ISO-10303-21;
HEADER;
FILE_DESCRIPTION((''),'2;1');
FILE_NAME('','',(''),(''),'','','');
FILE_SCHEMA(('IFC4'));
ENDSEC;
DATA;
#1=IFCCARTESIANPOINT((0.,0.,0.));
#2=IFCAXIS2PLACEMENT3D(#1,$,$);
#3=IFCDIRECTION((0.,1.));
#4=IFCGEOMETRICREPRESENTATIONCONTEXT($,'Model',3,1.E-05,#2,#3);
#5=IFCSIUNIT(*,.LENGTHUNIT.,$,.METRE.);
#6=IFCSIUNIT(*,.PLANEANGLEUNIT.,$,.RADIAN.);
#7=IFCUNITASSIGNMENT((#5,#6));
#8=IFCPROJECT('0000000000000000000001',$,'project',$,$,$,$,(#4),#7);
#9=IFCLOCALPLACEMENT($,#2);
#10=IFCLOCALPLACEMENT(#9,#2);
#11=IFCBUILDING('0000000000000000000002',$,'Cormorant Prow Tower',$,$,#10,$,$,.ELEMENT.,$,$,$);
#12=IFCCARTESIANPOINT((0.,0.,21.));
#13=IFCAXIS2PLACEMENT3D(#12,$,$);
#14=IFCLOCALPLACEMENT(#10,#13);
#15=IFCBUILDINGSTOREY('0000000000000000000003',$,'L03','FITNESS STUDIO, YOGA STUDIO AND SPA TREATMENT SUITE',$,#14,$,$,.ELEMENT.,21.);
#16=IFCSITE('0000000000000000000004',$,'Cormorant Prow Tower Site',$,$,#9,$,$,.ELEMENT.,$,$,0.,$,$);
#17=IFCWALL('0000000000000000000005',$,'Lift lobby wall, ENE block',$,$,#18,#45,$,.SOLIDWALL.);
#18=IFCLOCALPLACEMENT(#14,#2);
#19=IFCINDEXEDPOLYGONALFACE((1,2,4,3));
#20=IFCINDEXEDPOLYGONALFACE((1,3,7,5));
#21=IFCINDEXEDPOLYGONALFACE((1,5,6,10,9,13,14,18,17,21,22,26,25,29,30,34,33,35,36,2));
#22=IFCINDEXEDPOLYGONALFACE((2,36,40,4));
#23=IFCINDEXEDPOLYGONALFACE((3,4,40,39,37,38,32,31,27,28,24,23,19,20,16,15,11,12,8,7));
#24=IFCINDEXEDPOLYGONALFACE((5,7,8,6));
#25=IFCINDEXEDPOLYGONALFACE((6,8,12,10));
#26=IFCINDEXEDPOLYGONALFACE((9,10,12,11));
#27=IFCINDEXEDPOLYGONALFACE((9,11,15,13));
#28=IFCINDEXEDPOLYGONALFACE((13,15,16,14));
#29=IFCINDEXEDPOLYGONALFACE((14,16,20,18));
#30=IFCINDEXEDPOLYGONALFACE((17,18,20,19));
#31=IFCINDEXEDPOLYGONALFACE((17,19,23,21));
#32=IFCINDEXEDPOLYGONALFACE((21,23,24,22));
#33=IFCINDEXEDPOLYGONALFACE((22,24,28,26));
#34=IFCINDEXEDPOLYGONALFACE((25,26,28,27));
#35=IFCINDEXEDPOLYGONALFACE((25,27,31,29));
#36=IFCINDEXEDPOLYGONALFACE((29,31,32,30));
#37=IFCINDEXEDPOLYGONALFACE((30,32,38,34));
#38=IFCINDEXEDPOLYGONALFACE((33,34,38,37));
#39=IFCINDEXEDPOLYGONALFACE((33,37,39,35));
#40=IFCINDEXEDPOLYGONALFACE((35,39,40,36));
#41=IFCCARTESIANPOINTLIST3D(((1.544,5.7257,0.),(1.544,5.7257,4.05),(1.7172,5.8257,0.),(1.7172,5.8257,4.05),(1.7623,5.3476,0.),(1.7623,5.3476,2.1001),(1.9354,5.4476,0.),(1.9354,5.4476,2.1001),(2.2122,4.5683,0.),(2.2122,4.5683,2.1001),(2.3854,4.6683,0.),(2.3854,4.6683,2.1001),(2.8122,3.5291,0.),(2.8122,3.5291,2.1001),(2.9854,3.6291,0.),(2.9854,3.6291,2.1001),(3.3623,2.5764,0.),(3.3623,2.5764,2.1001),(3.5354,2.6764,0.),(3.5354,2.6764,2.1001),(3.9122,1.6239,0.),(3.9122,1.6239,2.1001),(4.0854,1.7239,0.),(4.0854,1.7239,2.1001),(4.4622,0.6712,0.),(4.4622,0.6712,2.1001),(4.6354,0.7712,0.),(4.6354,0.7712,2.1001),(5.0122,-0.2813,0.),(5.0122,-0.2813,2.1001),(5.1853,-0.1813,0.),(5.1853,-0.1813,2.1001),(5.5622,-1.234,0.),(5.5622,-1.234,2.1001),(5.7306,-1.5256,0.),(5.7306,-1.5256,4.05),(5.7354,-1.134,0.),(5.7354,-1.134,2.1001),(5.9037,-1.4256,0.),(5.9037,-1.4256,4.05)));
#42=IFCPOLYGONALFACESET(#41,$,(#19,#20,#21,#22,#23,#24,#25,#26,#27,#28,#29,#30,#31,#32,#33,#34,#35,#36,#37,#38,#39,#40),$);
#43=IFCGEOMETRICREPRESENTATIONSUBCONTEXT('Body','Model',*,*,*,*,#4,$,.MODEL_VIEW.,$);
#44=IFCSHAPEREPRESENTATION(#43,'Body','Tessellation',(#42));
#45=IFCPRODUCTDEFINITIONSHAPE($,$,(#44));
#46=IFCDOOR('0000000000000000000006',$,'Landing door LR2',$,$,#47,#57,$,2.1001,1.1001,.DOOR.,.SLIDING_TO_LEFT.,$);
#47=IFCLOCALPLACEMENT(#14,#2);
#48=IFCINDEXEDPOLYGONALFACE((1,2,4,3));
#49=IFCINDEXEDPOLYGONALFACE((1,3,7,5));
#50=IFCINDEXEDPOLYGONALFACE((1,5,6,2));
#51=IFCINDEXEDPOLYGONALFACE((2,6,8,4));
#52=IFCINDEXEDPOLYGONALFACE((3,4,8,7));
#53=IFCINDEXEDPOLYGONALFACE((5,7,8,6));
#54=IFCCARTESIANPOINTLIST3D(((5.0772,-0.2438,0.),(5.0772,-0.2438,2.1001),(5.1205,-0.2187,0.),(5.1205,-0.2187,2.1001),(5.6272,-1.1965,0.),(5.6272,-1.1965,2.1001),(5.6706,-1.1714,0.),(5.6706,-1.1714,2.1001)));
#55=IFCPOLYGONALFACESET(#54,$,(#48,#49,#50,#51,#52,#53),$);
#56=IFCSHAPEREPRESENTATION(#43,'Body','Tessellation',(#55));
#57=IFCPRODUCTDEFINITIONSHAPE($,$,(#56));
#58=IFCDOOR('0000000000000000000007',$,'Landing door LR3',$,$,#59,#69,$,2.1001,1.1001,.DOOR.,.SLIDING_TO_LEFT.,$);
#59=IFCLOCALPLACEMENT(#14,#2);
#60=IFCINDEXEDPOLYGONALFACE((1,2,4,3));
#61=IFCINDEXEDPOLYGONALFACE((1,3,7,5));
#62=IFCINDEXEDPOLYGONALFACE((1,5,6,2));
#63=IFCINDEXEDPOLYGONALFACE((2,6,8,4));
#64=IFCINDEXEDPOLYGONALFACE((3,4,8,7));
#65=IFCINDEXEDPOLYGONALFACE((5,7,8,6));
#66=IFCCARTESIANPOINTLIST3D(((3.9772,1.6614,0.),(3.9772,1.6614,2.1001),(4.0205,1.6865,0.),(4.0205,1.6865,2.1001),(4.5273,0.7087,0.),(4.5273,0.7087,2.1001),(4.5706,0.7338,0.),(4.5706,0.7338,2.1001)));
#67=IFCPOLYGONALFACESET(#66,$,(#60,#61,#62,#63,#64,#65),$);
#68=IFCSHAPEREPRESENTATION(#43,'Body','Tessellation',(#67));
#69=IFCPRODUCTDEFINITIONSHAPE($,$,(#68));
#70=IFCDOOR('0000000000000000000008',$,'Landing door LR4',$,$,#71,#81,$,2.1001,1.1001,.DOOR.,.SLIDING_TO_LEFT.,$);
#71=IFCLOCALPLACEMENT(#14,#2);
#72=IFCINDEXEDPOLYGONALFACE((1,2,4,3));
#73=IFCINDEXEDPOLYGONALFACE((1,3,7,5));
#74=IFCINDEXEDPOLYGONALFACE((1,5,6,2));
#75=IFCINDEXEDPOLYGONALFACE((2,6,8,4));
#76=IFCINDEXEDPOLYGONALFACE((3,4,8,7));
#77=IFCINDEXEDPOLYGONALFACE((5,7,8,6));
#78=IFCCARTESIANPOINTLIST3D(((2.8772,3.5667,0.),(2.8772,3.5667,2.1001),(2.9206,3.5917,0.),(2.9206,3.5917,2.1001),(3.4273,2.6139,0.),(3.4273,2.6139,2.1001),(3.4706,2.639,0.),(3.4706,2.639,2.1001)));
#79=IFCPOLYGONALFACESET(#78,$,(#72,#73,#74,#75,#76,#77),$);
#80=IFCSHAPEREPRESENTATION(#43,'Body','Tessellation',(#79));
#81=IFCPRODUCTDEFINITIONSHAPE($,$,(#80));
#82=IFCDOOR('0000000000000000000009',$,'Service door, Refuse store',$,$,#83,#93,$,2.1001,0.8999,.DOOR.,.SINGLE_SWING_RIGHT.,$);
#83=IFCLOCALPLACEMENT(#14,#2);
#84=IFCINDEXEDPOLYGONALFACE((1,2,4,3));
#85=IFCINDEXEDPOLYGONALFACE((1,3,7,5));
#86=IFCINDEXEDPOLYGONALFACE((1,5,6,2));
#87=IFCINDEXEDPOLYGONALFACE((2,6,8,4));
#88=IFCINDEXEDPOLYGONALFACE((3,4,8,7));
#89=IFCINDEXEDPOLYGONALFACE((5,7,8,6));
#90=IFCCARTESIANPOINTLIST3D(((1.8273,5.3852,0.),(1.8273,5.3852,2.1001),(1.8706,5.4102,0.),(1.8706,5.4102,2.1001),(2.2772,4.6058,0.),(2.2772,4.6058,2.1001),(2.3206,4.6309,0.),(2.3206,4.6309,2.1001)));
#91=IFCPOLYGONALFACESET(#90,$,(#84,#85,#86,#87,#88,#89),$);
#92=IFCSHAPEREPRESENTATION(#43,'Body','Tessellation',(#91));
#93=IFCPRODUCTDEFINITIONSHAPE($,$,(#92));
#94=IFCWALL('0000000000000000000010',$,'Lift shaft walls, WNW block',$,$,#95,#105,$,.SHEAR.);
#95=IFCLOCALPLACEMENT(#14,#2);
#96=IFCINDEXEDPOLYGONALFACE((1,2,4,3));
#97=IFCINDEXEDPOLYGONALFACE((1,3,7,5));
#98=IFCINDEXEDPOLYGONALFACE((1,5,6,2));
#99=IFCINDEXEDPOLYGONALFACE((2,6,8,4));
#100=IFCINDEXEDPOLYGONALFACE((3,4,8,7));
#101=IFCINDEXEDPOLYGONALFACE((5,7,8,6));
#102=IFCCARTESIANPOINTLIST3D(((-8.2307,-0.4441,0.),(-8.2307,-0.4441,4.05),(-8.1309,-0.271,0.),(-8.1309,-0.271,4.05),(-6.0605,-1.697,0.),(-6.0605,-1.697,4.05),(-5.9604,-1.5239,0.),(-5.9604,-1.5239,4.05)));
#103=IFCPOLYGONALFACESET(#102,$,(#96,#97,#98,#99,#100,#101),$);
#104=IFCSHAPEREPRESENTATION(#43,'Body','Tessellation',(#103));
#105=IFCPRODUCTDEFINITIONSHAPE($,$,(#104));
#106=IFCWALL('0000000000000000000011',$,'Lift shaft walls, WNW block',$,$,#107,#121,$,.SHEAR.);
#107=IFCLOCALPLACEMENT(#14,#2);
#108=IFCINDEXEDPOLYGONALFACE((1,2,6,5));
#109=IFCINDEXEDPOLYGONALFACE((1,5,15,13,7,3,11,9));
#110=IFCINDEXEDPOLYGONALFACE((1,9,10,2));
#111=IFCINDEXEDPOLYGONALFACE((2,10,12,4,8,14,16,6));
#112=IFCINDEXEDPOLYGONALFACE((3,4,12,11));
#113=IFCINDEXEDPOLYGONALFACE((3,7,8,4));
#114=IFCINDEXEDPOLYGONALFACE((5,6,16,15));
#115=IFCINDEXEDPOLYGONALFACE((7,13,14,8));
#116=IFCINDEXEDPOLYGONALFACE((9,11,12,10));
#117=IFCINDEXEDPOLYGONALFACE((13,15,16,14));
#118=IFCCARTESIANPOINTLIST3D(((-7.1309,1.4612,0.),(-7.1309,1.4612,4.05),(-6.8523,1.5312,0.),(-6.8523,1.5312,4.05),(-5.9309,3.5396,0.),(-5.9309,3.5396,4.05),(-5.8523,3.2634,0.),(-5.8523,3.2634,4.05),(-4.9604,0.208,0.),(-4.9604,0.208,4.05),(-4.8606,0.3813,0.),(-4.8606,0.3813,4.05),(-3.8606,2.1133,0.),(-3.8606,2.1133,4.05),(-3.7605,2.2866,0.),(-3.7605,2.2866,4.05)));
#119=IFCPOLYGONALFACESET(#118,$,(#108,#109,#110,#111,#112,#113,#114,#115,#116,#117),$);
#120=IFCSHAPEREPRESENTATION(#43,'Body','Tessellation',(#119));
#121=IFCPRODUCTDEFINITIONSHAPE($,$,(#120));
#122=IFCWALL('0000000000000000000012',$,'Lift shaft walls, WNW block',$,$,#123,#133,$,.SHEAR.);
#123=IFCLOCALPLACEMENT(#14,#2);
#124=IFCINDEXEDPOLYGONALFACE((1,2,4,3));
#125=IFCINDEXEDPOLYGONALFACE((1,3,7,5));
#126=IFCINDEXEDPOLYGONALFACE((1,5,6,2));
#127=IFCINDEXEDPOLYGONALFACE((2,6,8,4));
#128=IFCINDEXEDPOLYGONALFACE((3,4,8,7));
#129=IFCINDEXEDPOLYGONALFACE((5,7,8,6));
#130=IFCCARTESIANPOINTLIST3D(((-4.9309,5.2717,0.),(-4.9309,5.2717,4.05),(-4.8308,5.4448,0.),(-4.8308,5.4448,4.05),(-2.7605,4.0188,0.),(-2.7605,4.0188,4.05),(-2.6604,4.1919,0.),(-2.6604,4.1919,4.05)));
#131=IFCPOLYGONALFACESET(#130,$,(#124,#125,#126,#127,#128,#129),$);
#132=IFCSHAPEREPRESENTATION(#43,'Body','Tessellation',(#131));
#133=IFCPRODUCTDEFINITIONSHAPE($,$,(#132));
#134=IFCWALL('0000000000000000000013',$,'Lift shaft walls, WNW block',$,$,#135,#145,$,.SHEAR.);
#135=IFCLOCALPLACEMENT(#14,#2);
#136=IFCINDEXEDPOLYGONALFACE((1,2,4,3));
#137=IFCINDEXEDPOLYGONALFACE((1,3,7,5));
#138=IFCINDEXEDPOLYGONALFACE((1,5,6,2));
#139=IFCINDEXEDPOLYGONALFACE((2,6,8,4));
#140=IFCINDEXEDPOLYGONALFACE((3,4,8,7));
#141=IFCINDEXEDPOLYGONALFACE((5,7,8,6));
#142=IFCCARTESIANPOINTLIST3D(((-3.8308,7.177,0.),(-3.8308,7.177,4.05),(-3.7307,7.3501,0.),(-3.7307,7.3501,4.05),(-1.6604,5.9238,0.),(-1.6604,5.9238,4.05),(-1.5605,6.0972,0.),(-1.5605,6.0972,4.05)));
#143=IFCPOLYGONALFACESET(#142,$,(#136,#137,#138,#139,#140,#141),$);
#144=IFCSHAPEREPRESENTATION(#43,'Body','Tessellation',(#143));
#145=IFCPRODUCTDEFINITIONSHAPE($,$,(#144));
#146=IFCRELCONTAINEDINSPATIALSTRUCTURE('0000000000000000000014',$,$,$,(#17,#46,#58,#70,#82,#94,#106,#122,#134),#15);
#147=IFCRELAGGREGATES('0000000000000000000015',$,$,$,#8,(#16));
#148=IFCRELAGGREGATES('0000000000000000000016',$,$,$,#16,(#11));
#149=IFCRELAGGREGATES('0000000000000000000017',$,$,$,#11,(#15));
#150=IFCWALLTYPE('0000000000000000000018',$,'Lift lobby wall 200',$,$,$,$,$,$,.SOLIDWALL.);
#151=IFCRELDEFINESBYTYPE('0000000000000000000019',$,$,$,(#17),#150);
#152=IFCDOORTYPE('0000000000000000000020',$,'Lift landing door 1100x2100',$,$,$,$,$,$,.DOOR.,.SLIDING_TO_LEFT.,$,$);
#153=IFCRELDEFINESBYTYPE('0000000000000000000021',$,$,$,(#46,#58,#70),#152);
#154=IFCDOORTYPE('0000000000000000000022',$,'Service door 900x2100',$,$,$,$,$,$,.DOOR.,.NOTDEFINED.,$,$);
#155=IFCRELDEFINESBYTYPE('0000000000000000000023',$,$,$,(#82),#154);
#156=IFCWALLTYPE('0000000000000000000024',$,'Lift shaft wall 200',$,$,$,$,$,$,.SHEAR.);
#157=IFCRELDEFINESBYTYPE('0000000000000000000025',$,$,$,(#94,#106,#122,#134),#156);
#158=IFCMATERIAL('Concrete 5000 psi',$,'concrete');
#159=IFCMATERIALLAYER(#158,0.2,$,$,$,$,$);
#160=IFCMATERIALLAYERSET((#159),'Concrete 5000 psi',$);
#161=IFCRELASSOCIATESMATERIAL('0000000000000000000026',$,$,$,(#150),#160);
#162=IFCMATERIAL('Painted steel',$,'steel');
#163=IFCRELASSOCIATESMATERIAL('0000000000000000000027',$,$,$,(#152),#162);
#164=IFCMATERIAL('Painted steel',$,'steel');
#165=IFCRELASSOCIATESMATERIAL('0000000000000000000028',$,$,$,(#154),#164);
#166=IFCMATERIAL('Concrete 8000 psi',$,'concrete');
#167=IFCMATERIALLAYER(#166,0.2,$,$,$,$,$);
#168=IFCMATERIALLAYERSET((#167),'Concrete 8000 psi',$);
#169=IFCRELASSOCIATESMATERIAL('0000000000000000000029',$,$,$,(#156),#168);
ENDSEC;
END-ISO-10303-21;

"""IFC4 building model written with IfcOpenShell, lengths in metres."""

from ifc_helpers import new_model, si_unit, direction, frame, frame_2d, origin, place, context, subcontext, project, spatial, polyline, rectangle, outline, extrude, material, layer, layer_set, type_object, element, fill, save


model = new_model("IFC4")

# Units and contexts
model_context = context("Model", 3, precision=1e-05, world=origin(), true_north=direction((0.0, 1.0)))
body_context = subcontext(model_context, "Body", "Model", "MODEL_VIEW")
ifc_project = project(units=[si_unit("LENGTHUNIT", "METRE"), si_unit("PLANEANGLEUNIT", "RADIAN")], contexts=[model_context])

# Site, building, storey
site_placement = place(None, origin())
site = spatial("IfcSite", under=ifc_project, at=site_placement, Name="Cormorant Prow Tower Site", CompositionType="ELEMENT", RefElevation=0.0)
building_placement = place(site_placement, origin())
building = spatial("IfcBuilding", under=site, at=building_placement, Name="Cormorant Prow Tower", CompositionType="ELEMENT")
storey_placement = place(building_placement, frame((0.0, 0.0, 21.0)))
storey = spatial("IfcBuildingStorey", under=building, at=storey_placement, Name="L03", Description="FITNESS STUDIO, YOGA STUDIO AND SPA TREATMENT SUITE", CompositionType="ELEMENT", Elevation=21.0)

# Wall, openings, doors
ifc_material_1 = material(Name="Concrete 5000 psi", Category="concrete")
ifc_layer_1 = layer(ifc_material_1, 0.2)
ifc_layer_set_1 = layer_set([ifc_layer_1], Name="Concrete 5000 psi")
wall_type_1 = type_object("IfcWallType", Name="Lift lobby wall 200", PredefinedType="SOLIDWALL", material=ifc_layer_set_1)
wall_1_placement = place(storey_placement, frame((5.8171, -1.4756, 0.0), z_axis=(0.0, 0.0, 1.0), x_axis=(-0.500003, 0.866024, 0.0)))
wall_1 = element("IfcWall", 1, at=wall_1_placement, inside=storey, type_object=wall_type_1, Name="Lift lobby wall, ENE block", PredefinedType="SOLIDWALL", context=body_context, shape_type="SweptSolid", body=[
    extrude(rectangle(XDim=8.373, YDim=0.2, at=frame_2d((4.1865, 0.0))), origin(), (0.0, 0.0, 1.0), 4.05),
])
opening_1_placement = place(wall_1_placement, frame((0.3367, 0.0, 0.0)))
opening_1 = element("IfcOpeningElement", 2, at=opening_1_placement, cuts=wall_1, PredefinedType="OPENING", context=body_context, shape_type="SweptSolid", body=[
    extrude(rectangle(XDim=1.1001, YDim=2.1001, at=frame_2d((0.55, 1.05))), frame((0.0, 0.1099, 0.0), z_axis=(0.0, -1.0, 0.0), x_axis=(1.0, 0.0, 0.0)), (0.0, 0.0, 1.0), 0.22),
])
opening_2_placement = place(wall_1_placement, frame((2.5366, 0.0, 0.0)))
opening_2 = element("IfcOpeningElement", 3, at=opening_2_placement, cuts=wall_1, PredefinedType="OPENING", context=body_context, shape_type="SweptSolid", body=[
    extrude(rectangle(XDim=1.1001, YDim=2.1001, at=frame_2d((0.55, 1.05))), frame((0.0, 0.1099, 0.0), z_axis=(0.0, -1.0, 0.0), x_axis=(1.0, 0.0, 0.0)), (0.0, 0.0, 1.0), 0.22),
])
opening_3_placement = place(wall_1_placement, frame((4.7366, 0.0, 0.0)))
opening_3 = element("IfcOpeningElement", 4, at=opening_3_placement, cuts=wall_1, PredefinedType="OPENING", context=body_context, shape_type="SweptSolid", body=[
    extrude(rectangle(XDim=1.1001, YDim=2.1001, at=frame_2d((0.55, 1.05))), frame((0.0, 0.1099, 0.0), z_axis=(0.0, -1.0, 0.0), x_axis=(1.0, 0.0, 0.0)), (0.0, 0.0, 1.0), 0.22),
])
opening_4_placement = place(wall_1_placement, frame((7.0366, 0.0, 0.0)))
opening_4 = element("IfcOpeningElement", 5, at=opening_4_placement, cuts=wall_1, PredefinedType="OPENING", context=body_context, shape_type="SweptSolid", body=[
    extrude(rectangle(XDim=0.8999, YDim=2.1001, at=frame_2d((0.45, 1.05))), frame((0.0, 0.1099, 0.0), z_axis=(0.0, -1.0, 0.0), x_axis=(1.0, 0.0, 0.0)), (0.0, 0.0, 1.0), 0.22),
])
ifc_material_2 = material(Name="Painted steel", Category="steel")
door_type_1 = type_object("IfcDoorType", Name="Lift landing door 1100x2100", OperationType="SLIDING_TO_LEFT", PredefinedType="DOOR", material=ifc_material_2)
door_1_placement = place(opening_1_placement, origin())
door_1 = element("IfcDoor", 6, at=door_1_placement, inside=storey, type_object=door_type_1, Name="Landing door LR2", OperationType="SLIDING_TO_LEFT", OverallHeight=2.1001, OverallWidth=1.1001, PredefinedType="DOOR", context=body_context, shape_type="SweptSolid", body=[
    extrude(rectangle(XDim=1.1001, YDim=2.1001, at=frame_2d((0.55, 1.05))), frame((0.0, 0.0249, 0.0), z_axis=(0.0, -1.0, 0.0), x_axis=(1.0, 0.0, 0.0)), (0.0, 0.0, 1.0), 0.05),
])
fill(opening_1, door_1)
door_2_placement = place(opening_2_placement, origin())
door_2 = element("IfcDoor", 7, at=door_2_placement, inside=storey, type_object=door_type_1, Name="Landing door LR3", OperationType="SLIDING_TO_LEFT", OverallHeight=2.1001, OverallWidth=1.1001, PredefinedType="DOOR", context=body_context, shape_type="SweptSolid", body=[
    extrude(rectangle(XDim=1.1001, YDim=2.1001, at=frame_2d((0.55, 1.05))), frame((0.0, 0.0249, 0.0), z_axis=(0.0, -1.0, 0.0), x_axis=(1.0, 0.0, 0.0)), (0.0, 0.0, 1.0), 0.05),
])
fill(opening_2, door_2)
door_3_placement = place(opening_3_placement, origin())
door_3 = element("IfcDoor", 8, at=door_3_placement, inside=storey, type_object=door_type_1, Name="Landing door LR4", OperationType="SLIDING_TO_LEFT", OverallHeight=2.1001, OverallWidth=1.1001, PredefinedType="DOOR", context=body_context, shape_type="SweptSolid", body=[
    extrude(rectangle(XDim=1.1001, YDim=2.1001, at=frame_2d((0.55, 1.05))), frame((0.0, 0.0249, 0.0), z_axis=(0.0, -1.0, 0.0), x_axis=(1.0, 0.0, 0.0)), (0.0, 0.0, 1.0), 0.05),
])
fill(opening_3, door_3)
ifc_material_3 = material(Name="Painted steel", Category="steel")
door_type_2 = type_object("IfcDoorType", Name="Service door 900x2100", OperationType="NOTDEFINED", PredefinedType="DOOR", material=ifc_material_3)
door_4_placement = place(opening_4_placement, origin())
door_4 = element("IfcDoor", 9, at=door_4_placement, inside=storey, type_object=door_type_2, Name="Service door, Refuse store", OperationType="SINGLE_SWING_RIGHT", OverallHeight=2.1001, OverallWidth=0.8999, PredefinedType="DOOR", context=body_context, shape_type="SweptSolid", body=[
    extrude(rectangle(XDim=0.8999, YDim=2.1001, at=frame_2d((0.45, 1.05))), frame((0.0, 0.0249, 0.0), z_axis=(0.0, -1.0, 0.0), x_axis=(1.0, 0.0, 0.0)), (0.0, 0.0, 1.0), 0.05),
])
fill(opening_4, door_4)

# Walls
ifc_material_4 = material(Name="Concrete 8000 psi", Category="concrete")
ifc_layer_2 = layer(ifc_material_4, 0.2)
ifc_layer_set_2 = layer_set([ifc_layer_2], Name="Concrete 8000 psi")
wall_type_2 = type_object("IfcWallType", Name="Lift shaft wall 200", PredefinedType="SHEAR", material=ifc_layer_set_2)
wall_2_placement = place(storey_placement, origin())
element("IfcWall", 10, at=wall_2_placement, inside=storey, type_object=wall_type_2, Name="Lift shaft walls, WNW block", PredefinedType="SHEAR", context=body_context, shape_type="SweptSolid", body=[
    extrude(outline(polyline([(-6.0605, -1.697), (-8.2307, -0.4441), (-8.1309, -0.271), (-5.9604, -1.5239), (-6.0605, -1.697)])), origin(), (0.0, 0.0, 1.0), 4.05),
])
wall_3_placement = place(storey_placement, origin())
element("IfcWall", 11, at=wall_3_placement, inside=storey, type_object=wall_type_2, Name="Lift shaft walls, WNW block", PredefinedType="SHEAR", context=body_context, shape_type="SweptSolid", body=[
    extrude(outline(polyline([(-4.9604, 0.208), (-7.1309, 1.4612), (-5.9309, 3.5396), (-3.7605, 2.2866), (-3.8606, 2.1133), (-5.8523, 3.2634), (-6.8523, 1.5312), (-4.8606, 0.3813), (-4.9604, 0.208)])), origin(), (0.0, 0.0, 1.0), 4.05),
])
wall_4_placement = place(storey_placement, origin())
element("IfcWall", 12, at=wall_4_placement, inside=storey, type_object=wall_type_2, Name="Lift shaft walls, WNW block", PredefinedType="SHEAR", context=body_context, shape_type="SweptSolid", body=[
    extrude(outline(polyline([(-2.7605, 4.0188), (-4.9309, 5.2717), (-4.8308, 5.4448), (-2.6604, 4.1919), (-2.7605, 4.0188)])), origin(), (0.0, 0.0, 1.0), 4.05),
])
wall_5_placement = place(storey_placement, origin())
element("IfcWall", 13, at=wall_5_placement, inside=storey, type_object=wall_type_2, Name="Lift shaft walls, WNW block", PredefinedType="SHEAR", context=body_context, shape_type="SweptSolid", body=[
    extrude(outline(polyline([(-3.7307, 7.3501), (-1.5605, 6.0972), (-1.6604, 5.9238), (-3.8308, 7.177), (-3.7307, 7.3501)])), origin(), (0.0, 0.0, 1.0), 4.05),
])

save(model, "model.ifc")
